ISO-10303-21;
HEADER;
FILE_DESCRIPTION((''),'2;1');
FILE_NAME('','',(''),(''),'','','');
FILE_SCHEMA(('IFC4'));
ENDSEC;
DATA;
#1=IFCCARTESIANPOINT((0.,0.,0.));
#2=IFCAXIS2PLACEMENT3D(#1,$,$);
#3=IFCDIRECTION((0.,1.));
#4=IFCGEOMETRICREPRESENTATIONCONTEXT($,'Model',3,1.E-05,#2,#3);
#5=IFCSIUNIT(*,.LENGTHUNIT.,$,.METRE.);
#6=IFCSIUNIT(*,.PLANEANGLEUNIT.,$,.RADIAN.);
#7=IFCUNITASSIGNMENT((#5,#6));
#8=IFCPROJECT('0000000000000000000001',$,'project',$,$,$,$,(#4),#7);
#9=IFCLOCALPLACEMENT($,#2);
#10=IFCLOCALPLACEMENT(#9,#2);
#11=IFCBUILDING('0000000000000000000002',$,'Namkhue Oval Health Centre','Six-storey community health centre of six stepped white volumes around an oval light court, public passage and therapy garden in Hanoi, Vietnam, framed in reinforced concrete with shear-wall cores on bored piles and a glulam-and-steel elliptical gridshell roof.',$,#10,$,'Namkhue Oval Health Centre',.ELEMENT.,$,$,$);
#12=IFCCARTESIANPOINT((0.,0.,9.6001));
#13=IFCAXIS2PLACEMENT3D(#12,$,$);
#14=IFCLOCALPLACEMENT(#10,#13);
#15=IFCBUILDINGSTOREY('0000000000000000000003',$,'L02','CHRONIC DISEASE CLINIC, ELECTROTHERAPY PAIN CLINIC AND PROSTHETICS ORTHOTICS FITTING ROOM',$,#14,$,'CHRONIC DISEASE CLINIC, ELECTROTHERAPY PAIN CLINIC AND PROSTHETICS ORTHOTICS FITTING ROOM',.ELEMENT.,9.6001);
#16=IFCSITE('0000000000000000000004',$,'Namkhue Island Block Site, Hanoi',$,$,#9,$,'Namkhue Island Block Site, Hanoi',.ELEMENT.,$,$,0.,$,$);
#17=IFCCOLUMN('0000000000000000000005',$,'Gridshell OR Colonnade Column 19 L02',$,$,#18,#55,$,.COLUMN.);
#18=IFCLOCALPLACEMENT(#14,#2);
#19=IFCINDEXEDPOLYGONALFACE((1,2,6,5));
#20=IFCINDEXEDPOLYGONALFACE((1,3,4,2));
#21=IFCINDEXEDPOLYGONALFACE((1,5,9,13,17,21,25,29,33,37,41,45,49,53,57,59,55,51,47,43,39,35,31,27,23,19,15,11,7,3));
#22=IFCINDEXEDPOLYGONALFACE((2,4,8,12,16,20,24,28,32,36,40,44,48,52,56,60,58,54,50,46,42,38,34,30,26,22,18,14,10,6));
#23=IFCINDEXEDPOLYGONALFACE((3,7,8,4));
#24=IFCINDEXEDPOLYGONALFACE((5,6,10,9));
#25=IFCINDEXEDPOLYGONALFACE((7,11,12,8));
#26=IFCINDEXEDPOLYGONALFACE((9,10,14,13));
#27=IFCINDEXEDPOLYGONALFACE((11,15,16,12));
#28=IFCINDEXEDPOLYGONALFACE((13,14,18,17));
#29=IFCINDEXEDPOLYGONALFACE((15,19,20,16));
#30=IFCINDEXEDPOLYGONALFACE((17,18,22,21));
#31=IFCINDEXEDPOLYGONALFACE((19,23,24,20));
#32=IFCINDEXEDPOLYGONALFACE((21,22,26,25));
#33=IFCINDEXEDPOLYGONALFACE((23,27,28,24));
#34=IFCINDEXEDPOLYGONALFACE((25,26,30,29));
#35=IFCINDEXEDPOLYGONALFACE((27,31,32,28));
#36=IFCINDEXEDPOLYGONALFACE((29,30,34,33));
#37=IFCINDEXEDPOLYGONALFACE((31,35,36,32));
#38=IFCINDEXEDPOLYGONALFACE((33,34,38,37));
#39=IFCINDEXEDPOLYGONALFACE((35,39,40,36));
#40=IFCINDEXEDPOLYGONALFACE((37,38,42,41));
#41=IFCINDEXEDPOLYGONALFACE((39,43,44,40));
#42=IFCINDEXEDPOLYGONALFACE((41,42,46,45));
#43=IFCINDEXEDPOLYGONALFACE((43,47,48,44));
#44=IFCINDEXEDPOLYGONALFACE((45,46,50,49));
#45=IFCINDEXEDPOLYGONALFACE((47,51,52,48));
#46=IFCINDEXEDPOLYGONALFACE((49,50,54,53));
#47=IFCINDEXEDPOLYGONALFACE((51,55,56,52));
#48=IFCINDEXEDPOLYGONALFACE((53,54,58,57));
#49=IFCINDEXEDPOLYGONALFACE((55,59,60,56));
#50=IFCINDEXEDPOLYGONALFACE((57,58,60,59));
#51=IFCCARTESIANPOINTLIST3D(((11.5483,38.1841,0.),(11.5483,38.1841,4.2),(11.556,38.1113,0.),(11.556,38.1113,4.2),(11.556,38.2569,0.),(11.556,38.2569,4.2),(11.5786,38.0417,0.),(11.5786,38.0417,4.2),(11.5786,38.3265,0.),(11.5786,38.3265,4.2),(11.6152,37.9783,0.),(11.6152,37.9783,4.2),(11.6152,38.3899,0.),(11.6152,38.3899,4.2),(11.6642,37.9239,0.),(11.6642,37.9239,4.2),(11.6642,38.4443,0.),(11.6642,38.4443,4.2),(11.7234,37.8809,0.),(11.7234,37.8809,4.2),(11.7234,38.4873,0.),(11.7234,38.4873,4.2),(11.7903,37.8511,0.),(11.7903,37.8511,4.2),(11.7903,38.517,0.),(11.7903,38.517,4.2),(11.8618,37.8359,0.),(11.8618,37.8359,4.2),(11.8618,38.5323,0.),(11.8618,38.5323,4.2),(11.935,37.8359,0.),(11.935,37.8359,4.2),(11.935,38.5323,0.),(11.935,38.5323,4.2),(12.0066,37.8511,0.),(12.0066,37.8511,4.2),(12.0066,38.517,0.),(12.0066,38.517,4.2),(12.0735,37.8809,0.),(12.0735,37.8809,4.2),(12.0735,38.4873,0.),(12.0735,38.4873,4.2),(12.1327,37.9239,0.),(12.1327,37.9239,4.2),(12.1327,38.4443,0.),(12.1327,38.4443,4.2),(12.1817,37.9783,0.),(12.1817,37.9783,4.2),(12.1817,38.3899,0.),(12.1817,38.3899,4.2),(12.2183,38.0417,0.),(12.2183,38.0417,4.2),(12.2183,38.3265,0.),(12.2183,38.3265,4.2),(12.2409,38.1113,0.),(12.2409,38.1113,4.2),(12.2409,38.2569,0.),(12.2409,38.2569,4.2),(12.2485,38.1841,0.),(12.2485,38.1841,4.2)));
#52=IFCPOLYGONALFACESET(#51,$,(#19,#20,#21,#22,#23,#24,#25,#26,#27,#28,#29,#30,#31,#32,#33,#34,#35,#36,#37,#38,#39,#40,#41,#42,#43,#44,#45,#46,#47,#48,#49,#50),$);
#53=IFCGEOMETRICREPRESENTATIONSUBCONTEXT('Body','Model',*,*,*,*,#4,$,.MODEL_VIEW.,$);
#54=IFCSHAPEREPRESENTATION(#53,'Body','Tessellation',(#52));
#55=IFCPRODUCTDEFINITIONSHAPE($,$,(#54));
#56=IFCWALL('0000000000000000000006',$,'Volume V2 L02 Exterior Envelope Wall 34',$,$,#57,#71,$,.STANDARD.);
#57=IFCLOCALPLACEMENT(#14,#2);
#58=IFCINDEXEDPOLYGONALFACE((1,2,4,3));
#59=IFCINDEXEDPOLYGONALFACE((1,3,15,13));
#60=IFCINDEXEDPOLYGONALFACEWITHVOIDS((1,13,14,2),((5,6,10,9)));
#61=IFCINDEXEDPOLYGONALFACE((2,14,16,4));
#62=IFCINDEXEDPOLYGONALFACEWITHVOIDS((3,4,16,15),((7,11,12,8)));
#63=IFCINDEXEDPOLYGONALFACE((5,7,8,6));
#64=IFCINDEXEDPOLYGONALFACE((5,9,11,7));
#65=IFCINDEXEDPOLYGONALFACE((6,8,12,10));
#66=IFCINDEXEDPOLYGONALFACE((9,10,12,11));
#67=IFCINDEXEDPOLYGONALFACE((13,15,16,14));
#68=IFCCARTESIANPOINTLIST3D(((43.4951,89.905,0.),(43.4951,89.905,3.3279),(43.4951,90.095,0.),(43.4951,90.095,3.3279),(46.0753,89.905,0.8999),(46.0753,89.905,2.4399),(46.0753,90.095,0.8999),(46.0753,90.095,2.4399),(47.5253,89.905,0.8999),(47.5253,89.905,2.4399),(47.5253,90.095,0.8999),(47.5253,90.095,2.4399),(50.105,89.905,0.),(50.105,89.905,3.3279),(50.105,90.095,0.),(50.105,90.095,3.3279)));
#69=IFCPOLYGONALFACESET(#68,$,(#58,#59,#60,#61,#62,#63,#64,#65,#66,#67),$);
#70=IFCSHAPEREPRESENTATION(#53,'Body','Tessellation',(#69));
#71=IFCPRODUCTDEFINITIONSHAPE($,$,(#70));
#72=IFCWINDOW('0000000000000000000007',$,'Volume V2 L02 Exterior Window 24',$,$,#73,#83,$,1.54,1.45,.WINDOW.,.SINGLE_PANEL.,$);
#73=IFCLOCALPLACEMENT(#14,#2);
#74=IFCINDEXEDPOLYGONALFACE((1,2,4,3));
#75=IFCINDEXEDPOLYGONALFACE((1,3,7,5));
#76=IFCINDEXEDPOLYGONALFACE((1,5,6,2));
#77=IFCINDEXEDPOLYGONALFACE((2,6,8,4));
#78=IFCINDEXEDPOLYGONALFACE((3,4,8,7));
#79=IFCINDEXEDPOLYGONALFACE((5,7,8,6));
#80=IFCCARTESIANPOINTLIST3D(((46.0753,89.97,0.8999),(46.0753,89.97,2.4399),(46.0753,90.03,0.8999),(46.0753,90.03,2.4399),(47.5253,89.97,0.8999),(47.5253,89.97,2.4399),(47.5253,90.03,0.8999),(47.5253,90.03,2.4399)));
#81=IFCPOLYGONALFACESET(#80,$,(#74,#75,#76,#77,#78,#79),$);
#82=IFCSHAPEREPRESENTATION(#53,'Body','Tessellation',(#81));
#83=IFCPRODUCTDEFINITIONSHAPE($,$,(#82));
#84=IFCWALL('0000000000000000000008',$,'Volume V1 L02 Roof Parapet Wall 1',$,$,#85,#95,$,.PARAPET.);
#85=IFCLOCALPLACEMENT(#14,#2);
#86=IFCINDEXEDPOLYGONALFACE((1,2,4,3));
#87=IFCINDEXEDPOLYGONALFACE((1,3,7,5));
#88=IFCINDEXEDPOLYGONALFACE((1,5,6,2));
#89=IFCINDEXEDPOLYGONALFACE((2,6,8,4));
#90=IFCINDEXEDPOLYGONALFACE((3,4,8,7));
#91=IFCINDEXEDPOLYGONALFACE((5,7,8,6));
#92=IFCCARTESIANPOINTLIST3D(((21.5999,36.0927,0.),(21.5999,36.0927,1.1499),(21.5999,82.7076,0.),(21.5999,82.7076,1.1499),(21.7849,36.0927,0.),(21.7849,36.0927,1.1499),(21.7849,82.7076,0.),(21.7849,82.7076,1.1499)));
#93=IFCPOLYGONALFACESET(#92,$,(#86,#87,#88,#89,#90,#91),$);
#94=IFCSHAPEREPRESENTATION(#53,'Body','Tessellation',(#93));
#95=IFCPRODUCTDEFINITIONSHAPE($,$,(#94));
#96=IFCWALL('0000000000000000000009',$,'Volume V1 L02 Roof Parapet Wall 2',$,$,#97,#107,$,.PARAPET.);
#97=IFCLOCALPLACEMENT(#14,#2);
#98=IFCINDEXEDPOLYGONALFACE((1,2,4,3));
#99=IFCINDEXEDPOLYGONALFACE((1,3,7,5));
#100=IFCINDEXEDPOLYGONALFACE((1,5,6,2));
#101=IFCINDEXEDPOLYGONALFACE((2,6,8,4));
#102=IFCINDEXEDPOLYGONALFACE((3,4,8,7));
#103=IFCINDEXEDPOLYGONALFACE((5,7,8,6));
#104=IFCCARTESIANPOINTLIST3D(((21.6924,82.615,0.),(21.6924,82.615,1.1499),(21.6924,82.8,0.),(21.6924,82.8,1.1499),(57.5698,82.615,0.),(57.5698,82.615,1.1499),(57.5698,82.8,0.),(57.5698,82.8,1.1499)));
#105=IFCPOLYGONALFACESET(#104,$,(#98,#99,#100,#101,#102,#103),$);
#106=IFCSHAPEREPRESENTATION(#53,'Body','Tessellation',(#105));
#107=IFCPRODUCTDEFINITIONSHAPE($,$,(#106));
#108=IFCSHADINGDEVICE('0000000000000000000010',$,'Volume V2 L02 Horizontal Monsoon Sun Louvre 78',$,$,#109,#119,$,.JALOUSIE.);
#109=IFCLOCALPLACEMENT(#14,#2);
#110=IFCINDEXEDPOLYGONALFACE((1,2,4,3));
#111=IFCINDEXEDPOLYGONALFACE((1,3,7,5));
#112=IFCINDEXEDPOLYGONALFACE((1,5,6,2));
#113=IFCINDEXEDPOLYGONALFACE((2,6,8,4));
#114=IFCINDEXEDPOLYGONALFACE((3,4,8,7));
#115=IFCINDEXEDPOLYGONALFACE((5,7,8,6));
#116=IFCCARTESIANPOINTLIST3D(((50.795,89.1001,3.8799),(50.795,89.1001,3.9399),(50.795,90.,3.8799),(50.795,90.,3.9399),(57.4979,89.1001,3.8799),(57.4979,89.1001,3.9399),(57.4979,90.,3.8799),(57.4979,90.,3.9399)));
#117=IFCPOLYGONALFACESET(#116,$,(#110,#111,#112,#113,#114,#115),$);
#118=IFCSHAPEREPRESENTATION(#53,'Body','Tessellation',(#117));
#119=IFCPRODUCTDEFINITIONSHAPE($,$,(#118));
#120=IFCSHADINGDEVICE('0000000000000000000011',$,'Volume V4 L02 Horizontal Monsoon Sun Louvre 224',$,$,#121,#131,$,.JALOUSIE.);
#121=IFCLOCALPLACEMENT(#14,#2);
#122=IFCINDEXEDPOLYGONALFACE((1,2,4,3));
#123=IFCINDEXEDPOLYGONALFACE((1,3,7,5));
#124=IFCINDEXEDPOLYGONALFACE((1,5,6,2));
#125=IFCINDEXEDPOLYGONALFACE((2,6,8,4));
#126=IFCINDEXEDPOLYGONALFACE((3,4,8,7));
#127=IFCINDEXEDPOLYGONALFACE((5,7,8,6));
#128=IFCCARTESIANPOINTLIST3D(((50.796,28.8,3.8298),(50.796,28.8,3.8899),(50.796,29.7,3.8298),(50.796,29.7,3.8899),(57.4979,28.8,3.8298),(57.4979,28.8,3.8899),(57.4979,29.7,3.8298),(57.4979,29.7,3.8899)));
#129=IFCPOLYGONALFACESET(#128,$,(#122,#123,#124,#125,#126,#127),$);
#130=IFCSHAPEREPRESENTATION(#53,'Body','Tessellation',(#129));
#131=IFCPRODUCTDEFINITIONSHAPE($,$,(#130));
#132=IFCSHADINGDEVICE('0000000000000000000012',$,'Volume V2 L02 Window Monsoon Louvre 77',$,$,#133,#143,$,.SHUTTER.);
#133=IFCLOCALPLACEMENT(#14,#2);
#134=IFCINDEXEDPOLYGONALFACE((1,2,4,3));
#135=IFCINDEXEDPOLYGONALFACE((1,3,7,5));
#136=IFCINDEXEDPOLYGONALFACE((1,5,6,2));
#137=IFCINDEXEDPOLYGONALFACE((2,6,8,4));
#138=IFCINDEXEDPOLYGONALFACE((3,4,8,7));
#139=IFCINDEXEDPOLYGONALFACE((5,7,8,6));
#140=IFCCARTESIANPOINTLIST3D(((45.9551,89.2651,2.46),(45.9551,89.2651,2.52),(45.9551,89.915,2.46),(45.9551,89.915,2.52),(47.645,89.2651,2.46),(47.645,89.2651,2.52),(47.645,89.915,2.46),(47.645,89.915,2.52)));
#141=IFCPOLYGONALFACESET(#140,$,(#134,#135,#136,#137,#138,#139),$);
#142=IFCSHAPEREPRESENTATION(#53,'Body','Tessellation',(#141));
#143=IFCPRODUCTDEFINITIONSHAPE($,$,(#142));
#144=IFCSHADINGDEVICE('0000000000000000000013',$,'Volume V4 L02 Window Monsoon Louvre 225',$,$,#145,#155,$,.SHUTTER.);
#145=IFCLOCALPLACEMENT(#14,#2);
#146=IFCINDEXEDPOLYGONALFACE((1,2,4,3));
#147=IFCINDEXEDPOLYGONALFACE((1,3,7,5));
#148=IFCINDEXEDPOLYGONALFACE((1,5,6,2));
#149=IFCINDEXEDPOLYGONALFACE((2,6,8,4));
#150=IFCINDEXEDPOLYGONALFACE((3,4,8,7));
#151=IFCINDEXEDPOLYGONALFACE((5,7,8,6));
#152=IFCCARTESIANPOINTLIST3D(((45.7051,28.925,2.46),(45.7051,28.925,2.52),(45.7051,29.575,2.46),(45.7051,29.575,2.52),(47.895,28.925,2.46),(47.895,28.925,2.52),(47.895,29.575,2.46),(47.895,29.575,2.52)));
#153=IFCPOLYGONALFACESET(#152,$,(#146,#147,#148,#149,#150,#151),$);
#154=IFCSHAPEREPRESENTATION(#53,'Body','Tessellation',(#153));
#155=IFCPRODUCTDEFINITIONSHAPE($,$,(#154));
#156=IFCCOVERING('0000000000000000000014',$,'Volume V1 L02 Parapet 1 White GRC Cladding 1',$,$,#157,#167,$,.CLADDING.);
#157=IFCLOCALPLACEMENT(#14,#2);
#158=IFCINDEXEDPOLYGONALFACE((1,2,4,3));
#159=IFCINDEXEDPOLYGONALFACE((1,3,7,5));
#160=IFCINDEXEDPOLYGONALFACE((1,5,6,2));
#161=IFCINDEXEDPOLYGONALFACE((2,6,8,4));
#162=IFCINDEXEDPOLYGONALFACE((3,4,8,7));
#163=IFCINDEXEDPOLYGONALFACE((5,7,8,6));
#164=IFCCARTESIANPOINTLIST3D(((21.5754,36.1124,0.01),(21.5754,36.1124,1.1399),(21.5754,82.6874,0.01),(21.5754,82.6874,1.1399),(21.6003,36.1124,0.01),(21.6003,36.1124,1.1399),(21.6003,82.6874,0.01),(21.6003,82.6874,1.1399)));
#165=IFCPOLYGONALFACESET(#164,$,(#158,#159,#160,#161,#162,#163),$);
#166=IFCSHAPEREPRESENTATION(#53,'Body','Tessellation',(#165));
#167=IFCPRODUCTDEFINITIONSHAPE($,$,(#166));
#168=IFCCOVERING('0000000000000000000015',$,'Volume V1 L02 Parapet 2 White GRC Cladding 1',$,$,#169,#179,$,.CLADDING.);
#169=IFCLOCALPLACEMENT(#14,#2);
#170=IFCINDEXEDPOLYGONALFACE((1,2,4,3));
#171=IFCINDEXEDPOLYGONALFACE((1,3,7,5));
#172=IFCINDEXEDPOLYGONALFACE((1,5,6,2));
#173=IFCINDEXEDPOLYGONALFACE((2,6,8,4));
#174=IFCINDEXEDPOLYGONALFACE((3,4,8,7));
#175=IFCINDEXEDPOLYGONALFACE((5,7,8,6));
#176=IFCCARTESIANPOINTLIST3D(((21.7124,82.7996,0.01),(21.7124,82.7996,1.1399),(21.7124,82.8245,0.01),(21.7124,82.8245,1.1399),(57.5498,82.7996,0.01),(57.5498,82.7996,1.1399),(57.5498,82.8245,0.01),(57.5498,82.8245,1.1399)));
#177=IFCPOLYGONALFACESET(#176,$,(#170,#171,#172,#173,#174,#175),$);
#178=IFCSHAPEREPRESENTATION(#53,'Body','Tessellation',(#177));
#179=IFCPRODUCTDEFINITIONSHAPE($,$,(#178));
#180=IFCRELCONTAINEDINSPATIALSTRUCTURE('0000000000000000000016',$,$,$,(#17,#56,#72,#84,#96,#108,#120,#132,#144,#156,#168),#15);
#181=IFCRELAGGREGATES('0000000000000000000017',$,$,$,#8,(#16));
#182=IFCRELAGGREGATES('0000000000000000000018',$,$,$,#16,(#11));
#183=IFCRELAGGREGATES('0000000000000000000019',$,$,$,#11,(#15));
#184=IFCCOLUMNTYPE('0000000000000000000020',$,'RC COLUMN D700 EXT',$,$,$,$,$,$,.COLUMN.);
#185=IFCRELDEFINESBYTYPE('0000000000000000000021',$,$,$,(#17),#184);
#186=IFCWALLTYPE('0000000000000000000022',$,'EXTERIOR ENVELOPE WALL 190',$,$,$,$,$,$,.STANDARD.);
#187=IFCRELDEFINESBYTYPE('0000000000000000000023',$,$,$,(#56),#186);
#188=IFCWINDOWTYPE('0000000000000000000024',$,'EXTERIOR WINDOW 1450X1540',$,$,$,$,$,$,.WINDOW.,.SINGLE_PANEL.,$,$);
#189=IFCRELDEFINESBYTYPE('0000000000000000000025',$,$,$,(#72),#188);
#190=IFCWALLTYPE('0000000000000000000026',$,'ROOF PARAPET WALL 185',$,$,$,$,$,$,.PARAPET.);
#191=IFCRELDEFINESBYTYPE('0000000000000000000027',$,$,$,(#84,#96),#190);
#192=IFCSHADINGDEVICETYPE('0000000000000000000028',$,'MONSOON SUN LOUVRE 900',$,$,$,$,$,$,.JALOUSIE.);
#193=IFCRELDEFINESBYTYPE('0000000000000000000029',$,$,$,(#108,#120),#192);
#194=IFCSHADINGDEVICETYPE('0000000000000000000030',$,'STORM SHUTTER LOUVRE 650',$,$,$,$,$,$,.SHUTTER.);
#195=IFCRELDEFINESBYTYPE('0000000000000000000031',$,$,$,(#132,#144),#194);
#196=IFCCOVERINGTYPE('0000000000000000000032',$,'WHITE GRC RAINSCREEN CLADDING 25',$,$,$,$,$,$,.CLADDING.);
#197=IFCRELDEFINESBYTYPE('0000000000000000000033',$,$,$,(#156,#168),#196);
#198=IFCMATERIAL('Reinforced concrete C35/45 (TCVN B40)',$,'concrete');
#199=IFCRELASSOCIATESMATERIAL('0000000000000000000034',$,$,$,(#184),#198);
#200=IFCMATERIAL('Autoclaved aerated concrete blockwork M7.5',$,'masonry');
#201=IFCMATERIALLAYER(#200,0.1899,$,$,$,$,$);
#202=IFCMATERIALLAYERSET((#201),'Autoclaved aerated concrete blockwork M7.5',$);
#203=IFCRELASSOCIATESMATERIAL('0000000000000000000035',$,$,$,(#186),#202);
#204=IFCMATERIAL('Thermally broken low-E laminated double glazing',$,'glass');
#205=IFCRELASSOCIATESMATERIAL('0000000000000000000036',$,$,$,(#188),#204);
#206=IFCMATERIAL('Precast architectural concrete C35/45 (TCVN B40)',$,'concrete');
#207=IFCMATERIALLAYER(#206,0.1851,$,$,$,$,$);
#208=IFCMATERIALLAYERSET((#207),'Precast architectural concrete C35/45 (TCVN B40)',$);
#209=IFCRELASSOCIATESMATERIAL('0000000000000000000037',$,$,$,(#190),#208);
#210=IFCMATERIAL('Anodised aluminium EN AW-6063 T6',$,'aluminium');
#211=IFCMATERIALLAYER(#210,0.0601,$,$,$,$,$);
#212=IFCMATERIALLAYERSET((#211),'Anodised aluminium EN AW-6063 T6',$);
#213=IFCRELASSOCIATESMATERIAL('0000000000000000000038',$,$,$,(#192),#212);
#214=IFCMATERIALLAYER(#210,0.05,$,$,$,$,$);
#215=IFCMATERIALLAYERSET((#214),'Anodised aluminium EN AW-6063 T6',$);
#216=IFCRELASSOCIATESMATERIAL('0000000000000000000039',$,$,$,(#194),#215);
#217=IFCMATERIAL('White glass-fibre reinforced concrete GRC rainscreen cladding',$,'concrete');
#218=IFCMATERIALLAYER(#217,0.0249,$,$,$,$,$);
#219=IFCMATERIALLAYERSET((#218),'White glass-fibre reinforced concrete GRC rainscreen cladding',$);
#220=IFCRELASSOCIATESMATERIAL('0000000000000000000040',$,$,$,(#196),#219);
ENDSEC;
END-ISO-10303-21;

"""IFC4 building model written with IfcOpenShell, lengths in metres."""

from ifc_helpers import new_model, si_unit, direction, frame, frame_2d, origin, origin_2d, place, context, subcontext, project, spatial, rectangle, circle, extrude, material, layer, layer_set, material_profile, profile_set, type_object, element, fill, save


model = new_model("IFC4")

# Units and contexts
model_context = context("Model", 3, precision=1e-05, world=origin(), true_north=direction((0.0, 1.0)))
body_context = subcontext(model_context, "Body", "Model", "MODEL_VIEW")
ifc_project = project(units=[si_unit("LENGTHUNIT", "METRE"), si_unit("PLANEANGLEUNIT", "RADIAN")], contexts=[model_context])

# Site, building, storey
site_placement = place(None, origin())
site = spatial("IfcSite", under=ifc_project, at=site_placement, Name="Namkhue Island Block Site, Hanoi", LongName="Namkhue Island Block Site, Hanoi", CompositionType="ELEMENT", RefElevation=0.0)
building_placement = place(site_placement, origin())
building = spatial("IfcBuilding", under=site, at=building_placement, Name="Namkhue Oval Health Centre", Description="Six-storey community health centre of six stepped white volumes around an oval light court, public passage and therapy garden in Hanoi, Vietnam, framed in reinforced concrete with shear-wall cores on bored piles and a glulam-and-steel elliptical gridshell roof.", LongName="Namkhue Oval Health Centre", CompositionType="ELEMENT")
storey_placement = place(building_placement, frame((0.0, 0.0, 9.6001)))
storey = spatial("IfcBuildingStorey", under=building, at=storey_placement, Name="L02", Description="CHRONIC DISEASE CLINIC, ELECTROTHERAPY PAIN CLINIC AND PROSTHETICS ORTHOTICS FITTING ROOM", LongName="CHRONIC DISEASE CLINIC, ELECTROTHERAPY PAIN CLINIC AND PROSTHETICS ORTHOTICS FITTING ROOM", CompositionType="ELEMENT", Elevation=9.6001)

# Column
ifc_material_1 = material(Name="Reinforced concrete C35/45 (TCVN B40)", Category="concrete")
ifc_material_profile_1 = material_profile(ifc_material_1, circle(Radius=0.3501, at=origin_2d()), Name="RC D700")
ifc_profile_set_1 = profile_set([ifc_material_profile_1], Name="Reinforced concrete C35/45 (TCVN B40)")
column_type_1 = type_object("IfcColumnType", Name="RC COLUMN D700 EXT", PredefinedType="COLUMN", material=ifc_profile_set_1)
for number, where, z_axis, x_axis, name in (
    (1, (11.8984, 38.1841, 0.0), (0.0, 0.0, 1.0), (1.0, 0.0, 0.0), "Gridshell OR Colonnade Column 19 L02"),
):
    element("IfcColumn", number, at=place(storey_placement, frame(where, z_axis=z_axis, x_axis=x_axis)), inside=storey, type_object=column_type_1, Name=name, PredefinedType="COLUMN", context=body_context, shape_type="SweptSolid", body=[
        extrude(circle(Radius=0.3501, at=origin_2d()), origin(), (0.0, 0.0, 1.0), 4.2),
    ])

# Wall, opening, window
ifc_material_2 = material(Name="Autoclaved aerated concrete blockwork M7.5", Category="masonry")
ifc_layer_1 = layer(ifc_material_2, 0.1899)
ifc_layer_set_1 = layer_set([ifc_layer_1], Name="Autoclaved aerated concrete blockwork M7.5")
wall_type_1 = type_object("IfcWallType", Name="EXTERIOR ENVELOPE WALL 190", PredefinedType="STANDARD", material=ifc_layer_set_1)
wall_1_placement = place(storey_placement, frame((43.4951, 90.0, 0.0), z_axis=(0.0, 0.0, 1.0), x_axis=(1.0, 0.0, 0.0)))
wall_1 = element("IfcWall", 2, at=wall_1_placement, inside=storey, type_object=wall_type_1, Name="Volume V2 L02 Exterior Envelope Wall 34", PredefinedType="STANDARD", context=body_context, shape_type="SweptSolid", body=[
    extrude(rectangle(XDim=6.6099, YDim=0.1899, at=frame_2d((3.3049, 0.0))), origin(), (0.0, 0.0, 1.0), 3.3279),
])
opening_placement = place(wall_1_placement, frame((2.5801, 0.0, 0.8999)))
opening = element("IfcOpeningElement", 3, at=opening_placement, cuts=wall_1, PredefinedType="OPENING", context=body_context, shape_type="SweptSolid", body=[
    extrude(rectangle(XDim=1.45, YDim=1.54, at=frame_2d((0.7251, 0.77))), frame((0.0, 0.105, 0.0), z_axis=(0.0, -1.0, 0.0), x_axis=(1.0, 0.0, 0.0)), (0.0, 0.0, 1.0), 0.21),
])
ifc_material_3 = material(Name="Thermally broken low-E laminated double glazing", Category="glass")
window_type = type_object("IfcWindowType", Name="EXTERIOR WINDOW 1450X1540", PartitioningType="SINGLE_PANEL", PredefinedType="WINDOW", material=ifc_material_3)
window_placement = place(opening_placement, origin())
window = element("IfcWindow", 4, at=window_placement, inside=storey, type_object=window_type, Name="Volume V2 L02 Exterior Window 24", OverallHeight=1.54, OverallWidth=1.45, PartitioningType="SINGLE_PANEL", PredefinedType="WINDOW", context=body_context, shape_type="SweptSolid", body=[
    extrude(rectangle(XDim=1.45, YDim=1.54, at=frame_2d((0.7251, 0.77))), frame((0.0, 0.03, 0.0), z_axis=(0.0, -1.0, 0.0), x_axis=(1.0, 0.0, 0.0)), (0.0, 0.0, 1.0), 0.0601),
])
fill(opening, window)

# Walls
ifc_material_4 = material(Name="Precast architectural concrete C35/45 (TCVN B40)", Category="concrete")
ifc_layer_2 = layer(ifc_material_4, 0.1851)
ifc_layer_set_2 = layer_set([ifc_layer_2], Name="Precast architectural concrete C35/45 (TCVN B40)")
wall_type_2 = type_object("IfcWallType", Name="ROOF PARAPET WALL 185", PredefinedType="PARAPET", material=ifc_layer_set_2)
wall_2_placement = place(storey_placement, frame((21.6924, 36.0925, 0.0), z_axis=(0.0, 0.0, 1.0), x_axis=(0.0, 1.0, 0.0)))
element("IfcWall", 5, at=wall_2_placement, inside=storey, type_object=wall_type_2, Name="Volume V1 L02 Roof Parapet Wall 1", PredefinedType="PARAPET", context=body_context, shape_type="SweptSolid", body=[
    extrude(rectangle(XDim=46.615, YDim=0.1851, at=frame_2d((23.3076, 0.0))), origin(), (0.0, 0.0, 1.0), 1.1499),
])
wall_3_placement = place(storey_placement, frame((21.6924, 82.7075, 0.0), z_axis=(0.0, 0.0, 1.0), x_axis=(1.0, 0.0, 0.0)))
element("IfcWall", 6, at=wall_3_placement, inside=storey, type_object=wall_type_2, Name="Volume V1 L02 Roof Parapet Wall 2", PredefinedType="PARAPET", context=body_context, shape_type="SweptSolid", body=[
    extrude(rectangle(XDim=35.8774, YDim=0.1851, at=frame_2d((17.9387, 0.0))), origin(), (0.0, 0.0, 1.0), 1.1499),
])

# Shading devices
ifc_material_5 = material(Name="Anodised aluminium EN AW-6063 T6", Category="aluminium")
ifc_layer_3 = layer(ifc_material_5, 0.0601)
ifc_layer_set_3 = layer_set([ifc_layer_3], Name="Anodised aluminium EN AW-6063 T6")
shading_device_type_1 = type_object("IfcShadingDeviceType", Name="MONSOON SUN LOUVRE 900", PredefinedType="JALOUSIE", material=ifc_layer_set_3)
shading_device_1_placement = place(storey_placement, frame((54.1465, 89.55, 3.8799), z_axis=(0.0, 0.0, 1.0), x_axis=(1.0, 0.0, 0.0)))
element("IfcShadingDevice", 7, at=shading_device_1_placement, inside=storey, type_object=shading_device_type_1, Name="Volume V2 L02 Horizontal Monsoon Sun Louvre 78", PredefinedType="JALOUSIE", context=body_context, shape_type="SweptSolid", body=[
    extrude(rectangle(XDim=6.7029, YDim=0.8999, at=origin_2d()), origin(), (0.0, 0.0, 1.0), 0.0601),
])
shading_device_2_placement = place(storey_placement, frame((54.147, 29.25, 3.8298), z_axis=(0.0, 0.0, 1.0), x_axis=(-1.0, 0.0, 0.0)))
element("IfcShadingDevice", 8, at=shading_device_2_placement, inside=storey, type_object=shading_device_type_1, Name="Volume V4 L02 Horizontal Monsoon Sun Louvre 224", PredefinedType="JALOUSIE", context=body_context, shape_type="SweptSolid", body=[
    extrude(rectangle(XDim=6.7019, YDim=0.8999, at=origin_2d()), origin(), (0.0, 0.0, 1.0), 0.0601),
])
ifc_layer_4 = layer(ifc_material_5, 0.05)
ifc_layer_set_4 = layer_set([ifc_layer_4], Name="Anodised aluminium EN AW-6063 T6")
shading_device_type_2 = type_object("IfcShadingDeviceType", Name="STORM SHUTTER LOUVRE 650", PredefinedType="SHUTTER", material=ifc_layer_set_4)
shading_device_3_placement = place(storey_placement, frame((46.8, 89.5901, 2.46), z_axis=(0.0, 0.0, 1.0), x_axis=(1.0, 0.0, 0.0)))
element("IfcShadingDevice", 9, at=shading_device_3_placement, inside=storey, type_object=shading_device_type_2, Name="Volume V2 L02 Window Monsoon Louvre 77", PredefinedType="SHUTTER", context=body_context, shape_type="SweptSolid", body=[
    extrude(rectangle(XDim=1.6899, YDim=0.6499, at=origin_2d()), origin(), (0.0, 0.0, 1.0), 0.0601),
])
shading_device_4_placement = place(storey_placement, frame((46.8, 29.25, 2.46), z_axis=(0.0, 0.0, 1.0), x_axis=(-1.0, 0.0, 0.0)))
element("IfcShadingDevice", 10, at=shading_device_4_placement, inside=storey, type_object=shading_device_type_2, Name="Volume V4 L02 Window Monsoon Louvre 225", PredefinedType="SHUTTER", context=body_context, shape_type="SweptSolid", body=[
    extrude(rectangle(XDim=2.1899, YDim=0.6499, at=origin_2d()), origin(), (0.0, 0.0, 1.0), 0.0601),
])

# Coverings
ifc_material_6 = material(Name="White glass-fibre reinforced concrete GRC rainscreen cladding", Category="concrete")
ifc_layer_5 = layer(ifc_material_6, 0.0249)
ifc_layer_set_5 = layer_set([ifc_layer_5], Name="White glass-fibre reinforced concrete GRC rainscreen cladding")
covering_type = type_object("IfcCoveringType", Name="WHITE GRC RAINSCREEN CLADDING 25", PredefinedType="CLADDING", material=ifc_layer_set_5)
covering_1_placement = place(storey_placement, frame((21.5879, 59.3999, 0.01), z_axis=(0.0, 0.0, 1.0), x_axis=(0.0, 1.0, 0.0)))
element("IfcCovering", 11, at=covering_1_placement, inside=storey, type_object=covering_type, Name="Volume V1 L02 Parapet 1 White GRC Cladding 1", PredefinedType="CLADDING", context=body_context, shape_type="SweptSolid", body=[
    extrude(rectangle(XDim=46.575, YDim=0.0249, at=origin_2d()), origin(), (0.0, 0.0, 1.0), 1.1299),
])
for number, where, z_axis, x_axis, name in (
    (12, (39.6311, 82.812, 0.01), (0.0, 0.0, 1.0), (1.0, 0.0, 0.0), "Volume V1 L02 Parapet 2 White GRC Cladding 1"),
):
    element("IfcCovering", number, at=place(storey_placement, frame(where, z_axis=z_axis, x_axis=x_axis)), inside=storey, type_object=covering_type, Name=name, PredefinedType="CLADDING", context=body_context, shape_type="SweptSolid", body=[
        extrude(rectangle(XDim=35.8374, YDim=0.0249, at=origin_2d()), origin(), (0.0, 0.0, 1.0), 1.1299),
    ])

save(model, "model.ifc")
